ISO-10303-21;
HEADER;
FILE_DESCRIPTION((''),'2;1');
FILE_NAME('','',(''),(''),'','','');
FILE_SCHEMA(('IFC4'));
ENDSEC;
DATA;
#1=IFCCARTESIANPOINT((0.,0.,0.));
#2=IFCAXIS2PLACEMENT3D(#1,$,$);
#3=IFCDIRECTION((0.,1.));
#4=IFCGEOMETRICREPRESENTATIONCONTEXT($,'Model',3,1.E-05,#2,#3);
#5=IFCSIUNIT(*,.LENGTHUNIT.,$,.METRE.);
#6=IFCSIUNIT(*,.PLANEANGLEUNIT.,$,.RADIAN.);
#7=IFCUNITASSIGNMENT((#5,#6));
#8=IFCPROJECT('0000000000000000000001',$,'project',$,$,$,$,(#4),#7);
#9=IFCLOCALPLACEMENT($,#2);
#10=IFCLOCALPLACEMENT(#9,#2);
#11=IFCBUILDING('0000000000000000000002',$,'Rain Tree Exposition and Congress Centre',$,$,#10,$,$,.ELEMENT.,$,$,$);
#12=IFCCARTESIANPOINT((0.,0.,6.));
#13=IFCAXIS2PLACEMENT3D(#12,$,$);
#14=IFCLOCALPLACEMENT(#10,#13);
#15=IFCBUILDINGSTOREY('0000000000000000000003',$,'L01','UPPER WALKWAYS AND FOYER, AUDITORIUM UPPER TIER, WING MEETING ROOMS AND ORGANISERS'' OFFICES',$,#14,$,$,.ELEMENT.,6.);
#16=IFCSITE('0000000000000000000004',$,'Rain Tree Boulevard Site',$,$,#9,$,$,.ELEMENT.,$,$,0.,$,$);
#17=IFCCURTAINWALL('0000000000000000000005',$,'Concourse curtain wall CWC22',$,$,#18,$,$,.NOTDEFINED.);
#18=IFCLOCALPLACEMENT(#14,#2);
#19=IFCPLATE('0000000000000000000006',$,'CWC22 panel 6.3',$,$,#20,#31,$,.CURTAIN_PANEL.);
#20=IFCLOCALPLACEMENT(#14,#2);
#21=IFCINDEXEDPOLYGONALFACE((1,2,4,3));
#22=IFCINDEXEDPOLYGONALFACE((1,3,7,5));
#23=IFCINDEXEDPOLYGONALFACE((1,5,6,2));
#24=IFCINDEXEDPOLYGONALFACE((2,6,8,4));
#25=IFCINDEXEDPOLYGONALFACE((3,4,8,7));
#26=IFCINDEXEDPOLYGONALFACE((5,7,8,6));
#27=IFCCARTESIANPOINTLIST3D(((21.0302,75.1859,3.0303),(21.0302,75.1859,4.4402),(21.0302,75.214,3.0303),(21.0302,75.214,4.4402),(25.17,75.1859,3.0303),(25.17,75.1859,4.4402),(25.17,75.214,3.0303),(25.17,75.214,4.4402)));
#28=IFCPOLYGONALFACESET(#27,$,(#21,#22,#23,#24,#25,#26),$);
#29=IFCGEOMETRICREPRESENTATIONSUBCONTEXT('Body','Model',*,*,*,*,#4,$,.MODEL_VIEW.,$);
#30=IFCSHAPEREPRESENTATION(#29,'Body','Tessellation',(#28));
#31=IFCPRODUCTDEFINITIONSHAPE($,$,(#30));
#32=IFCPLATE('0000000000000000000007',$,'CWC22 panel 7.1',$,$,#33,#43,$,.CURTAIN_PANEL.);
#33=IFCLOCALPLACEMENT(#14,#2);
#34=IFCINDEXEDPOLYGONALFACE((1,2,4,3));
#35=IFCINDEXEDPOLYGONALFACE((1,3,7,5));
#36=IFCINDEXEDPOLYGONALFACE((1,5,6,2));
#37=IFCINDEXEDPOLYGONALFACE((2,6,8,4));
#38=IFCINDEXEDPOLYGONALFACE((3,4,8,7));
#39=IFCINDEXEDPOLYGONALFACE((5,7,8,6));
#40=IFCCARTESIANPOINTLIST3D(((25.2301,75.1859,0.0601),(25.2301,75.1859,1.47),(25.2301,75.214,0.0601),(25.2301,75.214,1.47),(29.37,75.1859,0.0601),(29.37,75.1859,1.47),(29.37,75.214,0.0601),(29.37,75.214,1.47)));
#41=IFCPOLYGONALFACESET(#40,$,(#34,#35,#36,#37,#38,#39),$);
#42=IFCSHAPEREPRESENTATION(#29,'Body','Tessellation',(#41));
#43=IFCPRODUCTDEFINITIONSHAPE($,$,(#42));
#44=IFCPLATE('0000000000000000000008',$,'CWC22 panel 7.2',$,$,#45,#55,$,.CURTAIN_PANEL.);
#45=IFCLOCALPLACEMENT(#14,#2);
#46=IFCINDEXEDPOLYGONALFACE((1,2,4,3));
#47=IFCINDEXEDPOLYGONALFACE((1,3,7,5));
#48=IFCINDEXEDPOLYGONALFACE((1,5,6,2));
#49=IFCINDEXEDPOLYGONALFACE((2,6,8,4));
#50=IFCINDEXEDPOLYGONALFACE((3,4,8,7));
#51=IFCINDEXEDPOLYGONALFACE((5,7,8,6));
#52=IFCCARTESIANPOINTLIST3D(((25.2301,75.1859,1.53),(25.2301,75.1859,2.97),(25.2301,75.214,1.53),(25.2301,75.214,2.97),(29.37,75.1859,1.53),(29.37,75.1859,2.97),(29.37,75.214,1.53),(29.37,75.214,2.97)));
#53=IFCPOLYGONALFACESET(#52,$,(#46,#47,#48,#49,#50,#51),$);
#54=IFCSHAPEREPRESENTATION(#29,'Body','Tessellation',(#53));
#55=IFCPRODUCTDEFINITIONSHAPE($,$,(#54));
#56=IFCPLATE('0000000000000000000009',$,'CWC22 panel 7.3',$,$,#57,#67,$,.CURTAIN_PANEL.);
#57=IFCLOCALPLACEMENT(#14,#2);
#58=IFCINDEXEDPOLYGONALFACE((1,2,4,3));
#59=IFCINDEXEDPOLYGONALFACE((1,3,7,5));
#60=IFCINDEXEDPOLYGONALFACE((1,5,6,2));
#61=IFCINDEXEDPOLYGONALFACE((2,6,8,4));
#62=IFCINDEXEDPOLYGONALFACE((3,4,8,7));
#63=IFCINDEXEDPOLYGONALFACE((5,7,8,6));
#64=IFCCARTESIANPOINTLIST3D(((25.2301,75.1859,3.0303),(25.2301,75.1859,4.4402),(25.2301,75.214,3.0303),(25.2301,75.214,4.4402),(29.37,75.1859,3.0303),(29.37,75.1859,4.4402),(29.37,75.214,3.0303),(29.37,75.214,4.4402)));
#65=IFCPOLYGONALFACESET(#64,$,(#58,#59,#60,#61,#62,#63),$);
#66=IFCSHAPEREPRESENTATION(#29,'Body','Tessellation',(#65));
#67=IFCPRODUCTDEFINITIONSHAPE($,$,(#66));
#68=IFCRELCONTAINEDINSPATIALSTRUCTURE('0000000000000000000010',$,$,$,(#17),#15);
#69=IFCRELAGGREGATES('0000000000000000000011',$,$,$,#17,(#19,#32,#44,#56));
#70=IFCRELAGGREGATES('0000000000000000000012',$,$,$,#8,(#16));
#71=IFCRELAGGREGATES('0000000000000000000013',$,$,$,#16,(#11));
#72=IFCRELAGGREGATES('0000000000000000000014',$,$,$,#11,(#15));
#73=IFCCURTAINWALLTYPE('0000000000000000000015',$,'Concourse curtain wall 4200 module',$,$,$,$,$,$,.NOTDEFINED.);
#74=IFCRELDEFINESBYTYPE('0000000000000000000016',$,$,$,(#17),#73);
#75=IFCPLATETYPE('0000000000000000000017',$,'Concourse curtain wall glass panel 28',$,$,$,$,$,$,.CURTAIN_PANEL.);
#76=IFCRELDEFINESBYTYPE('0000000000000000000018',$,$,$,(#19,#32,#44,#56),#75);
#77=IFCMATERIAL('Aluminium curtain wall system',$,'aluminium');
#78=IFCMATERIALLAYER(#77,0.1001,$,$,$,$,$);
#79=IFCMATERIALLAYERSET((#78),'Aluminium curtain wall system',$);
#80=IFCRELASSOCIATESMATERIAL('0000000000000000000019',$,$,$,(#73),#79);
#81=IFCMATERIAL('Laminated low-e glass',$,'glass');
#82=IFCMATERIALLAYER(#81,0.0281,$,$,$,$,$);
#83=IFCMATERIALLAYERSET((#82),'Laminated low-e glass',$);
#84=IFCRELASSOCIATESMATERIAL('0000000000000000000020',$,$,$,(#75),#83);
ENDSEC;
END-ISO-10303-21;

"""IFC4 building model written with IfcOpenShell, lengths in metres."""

from ifc_helpers import new_model, si_unit, direction, frame, origin, origin_2d, place, context, subcontext, project, spatial, rectangle, extrude, material, layer, layer_set, type_object, element, aggregate, save


model = new_model("IFC4")

# Units and contexts
model_context = context("Model", 3, precision=1e-05, world=origin(), true_north=direction((0.0, 1.0)))
body_context = subcontext(model_context, "Body", "Model", "MODEL_VIEW")
ifc_project = project(units=[si_unit("LENGTHUNIT", "METRE"), si_unit("PLANEANGLEUNIT", "RADIAN")], contexts=[model_context])

# Site, building, storey
site_placement = place(None, origin())
site = spatial("IfcSite", under=ifc_project, at=site_placement, Name="Rain Tree Boulevard Site", CompositionType="ELEMENT", RefElevation=0.0)
building_placement = place(site_placement, origin())
building = spatial("IfcBuilding", under=site, at=building_placement, Name="Rain Tree Exposition and Congress Centre", CompositionType="ELEMENT")
storey_placement = place(building_placement, frame((0.0, 0.0, 6.0)))
storey = spatial("IfcBuildingStorey", under=building, at=storey_placement, Name="L01", Description="UPPER WALKWAYS AND FOYER, AUDITORIUM UPPER TIER, WING MEETING ROOMS AND ORGANISERS' OFFICES", CompositionType="ELEMENT", Elevation=6.0)

# Curtain wall
ifc_material_1 = material(Name="Aluminium curtain wall system", Category="aluminium")
ifc_layer_1 = layer(ifc_material_1, 0.1001)
ifc_layer_set_1 = layer_set([ifc_layer_1], Name="Aluminium curtain wall system")
curtain_wall_type = type_object("IfcCurtainWallType", Name="Concourse curtain wall 4200 module", PredefinedType="NOTDEFINED", material=ifc_layer_set_1)
curtain_wall_placement = place(storey_placement, origin())
curtain_wall = element("IfcCurtainWall", 1, at=curtain_wall_placement, inside=storey, type_object=curtain_wall_type, Name="Concourse curtain wall CWC22", PredefinedType="NOTDEFINED")

# Plates
ifc_material_2 = material(Name="Laminated low-e glass", Category="glass")
ifc_layer_2 = layer(ifc_material_2, 0.0281)
ifc_layer_set_2 = layer_set([ifc_layer_2], Name="Laminated low-e glass")
plate_type = type_object("IfcPlateType", Name="Concourse curtain wall glass panel 28", PredefinedType="CURTAIN_PANEL", material=ifc_layer_set_2)
plate_1_placement = place(storey_placement, frame((23.1001, 75.2, 3.0303), z_axis=(0.0, 0.0, 1.0), x_axis=(1.0, 0.0, 0.0)))
plate_1 = element("IfcPlate", 2, at=plate_1_placement, type_object=plate_type, Name="CWC22 panel 6.3", PredefinedType="CURTAIN_PANEL", context=body_context, shape_type="SweptSolid", body=[
    extrude(rectangle(XDim=4.1399, YDim=0.0281, at=origin_2d()), origin(), (0.0, 0.0, 1.0), 1.4099),
])
plate_2_placement = place(storey_placement, frame((27.3, 75.2, 0.0601), z_axis=(0.0, 0.0, 1.0), x_axis=(1.0, 0.0, 0.0)))
plate_2 = element("IfcPlate", 3, at=plate_2_placement, type_object=plate_type, Name="CWC22 panel 7.1", PredefinedType="CURTAIN_PANEL", context=body_context, shape_type="SweptSolid", body=[
    extrude(rectangle(XDim=4.1399, YDim=0.0281, at=origin_2d()), origin(), (0.0, 0.0, 1.0), 1.4099),
])
plate_3_placement = place(storey_placement, frame((27.3, 75.2, 1.53), z_axis=(0.0, 0.0, 1.0), x_axis=(1.0, 0.0, 0.0)))
plate_3 = element("IfcPlate", 4, at=plate_3_placement, type_object=plate_type, Name="CWC22 panel 7.2", PredefinedType="CURTAIN_PANEL", context=body_context, shape_type="SweptSolid", body=[
    extrude(rectangle(XDim=4.1399, YDim=0.0281, at=origin_2d()), origin(), (0.0, 0.0, 1.0), 1.4399),
])
plate_4_placement = place(storey_placement, frame((27.3, 75.2, 3.0303), z_axis=(0.0, 0.0, 1.0), x_axis=(1.0, 0.0, 0.0)))
plate_4 = element("IfcPlate", 5, at=plate_4_placement, type_object=plate_type, Name="CWC22 panel 7.3", PredefinedType="CURTAIN_PANEL", context=body_context, shape_type="SweptSolid", body=[
    extrude(rectangle(XDim=4.1399, YDim=0.0281, at=origin_2d()), origin(), (0.0, 0.0, 1.0), 1.4099),
])
aggregate(curtain_wall, [plate_1, plate_2, plate_3, plate_4])

save(model, "model.ifc")
